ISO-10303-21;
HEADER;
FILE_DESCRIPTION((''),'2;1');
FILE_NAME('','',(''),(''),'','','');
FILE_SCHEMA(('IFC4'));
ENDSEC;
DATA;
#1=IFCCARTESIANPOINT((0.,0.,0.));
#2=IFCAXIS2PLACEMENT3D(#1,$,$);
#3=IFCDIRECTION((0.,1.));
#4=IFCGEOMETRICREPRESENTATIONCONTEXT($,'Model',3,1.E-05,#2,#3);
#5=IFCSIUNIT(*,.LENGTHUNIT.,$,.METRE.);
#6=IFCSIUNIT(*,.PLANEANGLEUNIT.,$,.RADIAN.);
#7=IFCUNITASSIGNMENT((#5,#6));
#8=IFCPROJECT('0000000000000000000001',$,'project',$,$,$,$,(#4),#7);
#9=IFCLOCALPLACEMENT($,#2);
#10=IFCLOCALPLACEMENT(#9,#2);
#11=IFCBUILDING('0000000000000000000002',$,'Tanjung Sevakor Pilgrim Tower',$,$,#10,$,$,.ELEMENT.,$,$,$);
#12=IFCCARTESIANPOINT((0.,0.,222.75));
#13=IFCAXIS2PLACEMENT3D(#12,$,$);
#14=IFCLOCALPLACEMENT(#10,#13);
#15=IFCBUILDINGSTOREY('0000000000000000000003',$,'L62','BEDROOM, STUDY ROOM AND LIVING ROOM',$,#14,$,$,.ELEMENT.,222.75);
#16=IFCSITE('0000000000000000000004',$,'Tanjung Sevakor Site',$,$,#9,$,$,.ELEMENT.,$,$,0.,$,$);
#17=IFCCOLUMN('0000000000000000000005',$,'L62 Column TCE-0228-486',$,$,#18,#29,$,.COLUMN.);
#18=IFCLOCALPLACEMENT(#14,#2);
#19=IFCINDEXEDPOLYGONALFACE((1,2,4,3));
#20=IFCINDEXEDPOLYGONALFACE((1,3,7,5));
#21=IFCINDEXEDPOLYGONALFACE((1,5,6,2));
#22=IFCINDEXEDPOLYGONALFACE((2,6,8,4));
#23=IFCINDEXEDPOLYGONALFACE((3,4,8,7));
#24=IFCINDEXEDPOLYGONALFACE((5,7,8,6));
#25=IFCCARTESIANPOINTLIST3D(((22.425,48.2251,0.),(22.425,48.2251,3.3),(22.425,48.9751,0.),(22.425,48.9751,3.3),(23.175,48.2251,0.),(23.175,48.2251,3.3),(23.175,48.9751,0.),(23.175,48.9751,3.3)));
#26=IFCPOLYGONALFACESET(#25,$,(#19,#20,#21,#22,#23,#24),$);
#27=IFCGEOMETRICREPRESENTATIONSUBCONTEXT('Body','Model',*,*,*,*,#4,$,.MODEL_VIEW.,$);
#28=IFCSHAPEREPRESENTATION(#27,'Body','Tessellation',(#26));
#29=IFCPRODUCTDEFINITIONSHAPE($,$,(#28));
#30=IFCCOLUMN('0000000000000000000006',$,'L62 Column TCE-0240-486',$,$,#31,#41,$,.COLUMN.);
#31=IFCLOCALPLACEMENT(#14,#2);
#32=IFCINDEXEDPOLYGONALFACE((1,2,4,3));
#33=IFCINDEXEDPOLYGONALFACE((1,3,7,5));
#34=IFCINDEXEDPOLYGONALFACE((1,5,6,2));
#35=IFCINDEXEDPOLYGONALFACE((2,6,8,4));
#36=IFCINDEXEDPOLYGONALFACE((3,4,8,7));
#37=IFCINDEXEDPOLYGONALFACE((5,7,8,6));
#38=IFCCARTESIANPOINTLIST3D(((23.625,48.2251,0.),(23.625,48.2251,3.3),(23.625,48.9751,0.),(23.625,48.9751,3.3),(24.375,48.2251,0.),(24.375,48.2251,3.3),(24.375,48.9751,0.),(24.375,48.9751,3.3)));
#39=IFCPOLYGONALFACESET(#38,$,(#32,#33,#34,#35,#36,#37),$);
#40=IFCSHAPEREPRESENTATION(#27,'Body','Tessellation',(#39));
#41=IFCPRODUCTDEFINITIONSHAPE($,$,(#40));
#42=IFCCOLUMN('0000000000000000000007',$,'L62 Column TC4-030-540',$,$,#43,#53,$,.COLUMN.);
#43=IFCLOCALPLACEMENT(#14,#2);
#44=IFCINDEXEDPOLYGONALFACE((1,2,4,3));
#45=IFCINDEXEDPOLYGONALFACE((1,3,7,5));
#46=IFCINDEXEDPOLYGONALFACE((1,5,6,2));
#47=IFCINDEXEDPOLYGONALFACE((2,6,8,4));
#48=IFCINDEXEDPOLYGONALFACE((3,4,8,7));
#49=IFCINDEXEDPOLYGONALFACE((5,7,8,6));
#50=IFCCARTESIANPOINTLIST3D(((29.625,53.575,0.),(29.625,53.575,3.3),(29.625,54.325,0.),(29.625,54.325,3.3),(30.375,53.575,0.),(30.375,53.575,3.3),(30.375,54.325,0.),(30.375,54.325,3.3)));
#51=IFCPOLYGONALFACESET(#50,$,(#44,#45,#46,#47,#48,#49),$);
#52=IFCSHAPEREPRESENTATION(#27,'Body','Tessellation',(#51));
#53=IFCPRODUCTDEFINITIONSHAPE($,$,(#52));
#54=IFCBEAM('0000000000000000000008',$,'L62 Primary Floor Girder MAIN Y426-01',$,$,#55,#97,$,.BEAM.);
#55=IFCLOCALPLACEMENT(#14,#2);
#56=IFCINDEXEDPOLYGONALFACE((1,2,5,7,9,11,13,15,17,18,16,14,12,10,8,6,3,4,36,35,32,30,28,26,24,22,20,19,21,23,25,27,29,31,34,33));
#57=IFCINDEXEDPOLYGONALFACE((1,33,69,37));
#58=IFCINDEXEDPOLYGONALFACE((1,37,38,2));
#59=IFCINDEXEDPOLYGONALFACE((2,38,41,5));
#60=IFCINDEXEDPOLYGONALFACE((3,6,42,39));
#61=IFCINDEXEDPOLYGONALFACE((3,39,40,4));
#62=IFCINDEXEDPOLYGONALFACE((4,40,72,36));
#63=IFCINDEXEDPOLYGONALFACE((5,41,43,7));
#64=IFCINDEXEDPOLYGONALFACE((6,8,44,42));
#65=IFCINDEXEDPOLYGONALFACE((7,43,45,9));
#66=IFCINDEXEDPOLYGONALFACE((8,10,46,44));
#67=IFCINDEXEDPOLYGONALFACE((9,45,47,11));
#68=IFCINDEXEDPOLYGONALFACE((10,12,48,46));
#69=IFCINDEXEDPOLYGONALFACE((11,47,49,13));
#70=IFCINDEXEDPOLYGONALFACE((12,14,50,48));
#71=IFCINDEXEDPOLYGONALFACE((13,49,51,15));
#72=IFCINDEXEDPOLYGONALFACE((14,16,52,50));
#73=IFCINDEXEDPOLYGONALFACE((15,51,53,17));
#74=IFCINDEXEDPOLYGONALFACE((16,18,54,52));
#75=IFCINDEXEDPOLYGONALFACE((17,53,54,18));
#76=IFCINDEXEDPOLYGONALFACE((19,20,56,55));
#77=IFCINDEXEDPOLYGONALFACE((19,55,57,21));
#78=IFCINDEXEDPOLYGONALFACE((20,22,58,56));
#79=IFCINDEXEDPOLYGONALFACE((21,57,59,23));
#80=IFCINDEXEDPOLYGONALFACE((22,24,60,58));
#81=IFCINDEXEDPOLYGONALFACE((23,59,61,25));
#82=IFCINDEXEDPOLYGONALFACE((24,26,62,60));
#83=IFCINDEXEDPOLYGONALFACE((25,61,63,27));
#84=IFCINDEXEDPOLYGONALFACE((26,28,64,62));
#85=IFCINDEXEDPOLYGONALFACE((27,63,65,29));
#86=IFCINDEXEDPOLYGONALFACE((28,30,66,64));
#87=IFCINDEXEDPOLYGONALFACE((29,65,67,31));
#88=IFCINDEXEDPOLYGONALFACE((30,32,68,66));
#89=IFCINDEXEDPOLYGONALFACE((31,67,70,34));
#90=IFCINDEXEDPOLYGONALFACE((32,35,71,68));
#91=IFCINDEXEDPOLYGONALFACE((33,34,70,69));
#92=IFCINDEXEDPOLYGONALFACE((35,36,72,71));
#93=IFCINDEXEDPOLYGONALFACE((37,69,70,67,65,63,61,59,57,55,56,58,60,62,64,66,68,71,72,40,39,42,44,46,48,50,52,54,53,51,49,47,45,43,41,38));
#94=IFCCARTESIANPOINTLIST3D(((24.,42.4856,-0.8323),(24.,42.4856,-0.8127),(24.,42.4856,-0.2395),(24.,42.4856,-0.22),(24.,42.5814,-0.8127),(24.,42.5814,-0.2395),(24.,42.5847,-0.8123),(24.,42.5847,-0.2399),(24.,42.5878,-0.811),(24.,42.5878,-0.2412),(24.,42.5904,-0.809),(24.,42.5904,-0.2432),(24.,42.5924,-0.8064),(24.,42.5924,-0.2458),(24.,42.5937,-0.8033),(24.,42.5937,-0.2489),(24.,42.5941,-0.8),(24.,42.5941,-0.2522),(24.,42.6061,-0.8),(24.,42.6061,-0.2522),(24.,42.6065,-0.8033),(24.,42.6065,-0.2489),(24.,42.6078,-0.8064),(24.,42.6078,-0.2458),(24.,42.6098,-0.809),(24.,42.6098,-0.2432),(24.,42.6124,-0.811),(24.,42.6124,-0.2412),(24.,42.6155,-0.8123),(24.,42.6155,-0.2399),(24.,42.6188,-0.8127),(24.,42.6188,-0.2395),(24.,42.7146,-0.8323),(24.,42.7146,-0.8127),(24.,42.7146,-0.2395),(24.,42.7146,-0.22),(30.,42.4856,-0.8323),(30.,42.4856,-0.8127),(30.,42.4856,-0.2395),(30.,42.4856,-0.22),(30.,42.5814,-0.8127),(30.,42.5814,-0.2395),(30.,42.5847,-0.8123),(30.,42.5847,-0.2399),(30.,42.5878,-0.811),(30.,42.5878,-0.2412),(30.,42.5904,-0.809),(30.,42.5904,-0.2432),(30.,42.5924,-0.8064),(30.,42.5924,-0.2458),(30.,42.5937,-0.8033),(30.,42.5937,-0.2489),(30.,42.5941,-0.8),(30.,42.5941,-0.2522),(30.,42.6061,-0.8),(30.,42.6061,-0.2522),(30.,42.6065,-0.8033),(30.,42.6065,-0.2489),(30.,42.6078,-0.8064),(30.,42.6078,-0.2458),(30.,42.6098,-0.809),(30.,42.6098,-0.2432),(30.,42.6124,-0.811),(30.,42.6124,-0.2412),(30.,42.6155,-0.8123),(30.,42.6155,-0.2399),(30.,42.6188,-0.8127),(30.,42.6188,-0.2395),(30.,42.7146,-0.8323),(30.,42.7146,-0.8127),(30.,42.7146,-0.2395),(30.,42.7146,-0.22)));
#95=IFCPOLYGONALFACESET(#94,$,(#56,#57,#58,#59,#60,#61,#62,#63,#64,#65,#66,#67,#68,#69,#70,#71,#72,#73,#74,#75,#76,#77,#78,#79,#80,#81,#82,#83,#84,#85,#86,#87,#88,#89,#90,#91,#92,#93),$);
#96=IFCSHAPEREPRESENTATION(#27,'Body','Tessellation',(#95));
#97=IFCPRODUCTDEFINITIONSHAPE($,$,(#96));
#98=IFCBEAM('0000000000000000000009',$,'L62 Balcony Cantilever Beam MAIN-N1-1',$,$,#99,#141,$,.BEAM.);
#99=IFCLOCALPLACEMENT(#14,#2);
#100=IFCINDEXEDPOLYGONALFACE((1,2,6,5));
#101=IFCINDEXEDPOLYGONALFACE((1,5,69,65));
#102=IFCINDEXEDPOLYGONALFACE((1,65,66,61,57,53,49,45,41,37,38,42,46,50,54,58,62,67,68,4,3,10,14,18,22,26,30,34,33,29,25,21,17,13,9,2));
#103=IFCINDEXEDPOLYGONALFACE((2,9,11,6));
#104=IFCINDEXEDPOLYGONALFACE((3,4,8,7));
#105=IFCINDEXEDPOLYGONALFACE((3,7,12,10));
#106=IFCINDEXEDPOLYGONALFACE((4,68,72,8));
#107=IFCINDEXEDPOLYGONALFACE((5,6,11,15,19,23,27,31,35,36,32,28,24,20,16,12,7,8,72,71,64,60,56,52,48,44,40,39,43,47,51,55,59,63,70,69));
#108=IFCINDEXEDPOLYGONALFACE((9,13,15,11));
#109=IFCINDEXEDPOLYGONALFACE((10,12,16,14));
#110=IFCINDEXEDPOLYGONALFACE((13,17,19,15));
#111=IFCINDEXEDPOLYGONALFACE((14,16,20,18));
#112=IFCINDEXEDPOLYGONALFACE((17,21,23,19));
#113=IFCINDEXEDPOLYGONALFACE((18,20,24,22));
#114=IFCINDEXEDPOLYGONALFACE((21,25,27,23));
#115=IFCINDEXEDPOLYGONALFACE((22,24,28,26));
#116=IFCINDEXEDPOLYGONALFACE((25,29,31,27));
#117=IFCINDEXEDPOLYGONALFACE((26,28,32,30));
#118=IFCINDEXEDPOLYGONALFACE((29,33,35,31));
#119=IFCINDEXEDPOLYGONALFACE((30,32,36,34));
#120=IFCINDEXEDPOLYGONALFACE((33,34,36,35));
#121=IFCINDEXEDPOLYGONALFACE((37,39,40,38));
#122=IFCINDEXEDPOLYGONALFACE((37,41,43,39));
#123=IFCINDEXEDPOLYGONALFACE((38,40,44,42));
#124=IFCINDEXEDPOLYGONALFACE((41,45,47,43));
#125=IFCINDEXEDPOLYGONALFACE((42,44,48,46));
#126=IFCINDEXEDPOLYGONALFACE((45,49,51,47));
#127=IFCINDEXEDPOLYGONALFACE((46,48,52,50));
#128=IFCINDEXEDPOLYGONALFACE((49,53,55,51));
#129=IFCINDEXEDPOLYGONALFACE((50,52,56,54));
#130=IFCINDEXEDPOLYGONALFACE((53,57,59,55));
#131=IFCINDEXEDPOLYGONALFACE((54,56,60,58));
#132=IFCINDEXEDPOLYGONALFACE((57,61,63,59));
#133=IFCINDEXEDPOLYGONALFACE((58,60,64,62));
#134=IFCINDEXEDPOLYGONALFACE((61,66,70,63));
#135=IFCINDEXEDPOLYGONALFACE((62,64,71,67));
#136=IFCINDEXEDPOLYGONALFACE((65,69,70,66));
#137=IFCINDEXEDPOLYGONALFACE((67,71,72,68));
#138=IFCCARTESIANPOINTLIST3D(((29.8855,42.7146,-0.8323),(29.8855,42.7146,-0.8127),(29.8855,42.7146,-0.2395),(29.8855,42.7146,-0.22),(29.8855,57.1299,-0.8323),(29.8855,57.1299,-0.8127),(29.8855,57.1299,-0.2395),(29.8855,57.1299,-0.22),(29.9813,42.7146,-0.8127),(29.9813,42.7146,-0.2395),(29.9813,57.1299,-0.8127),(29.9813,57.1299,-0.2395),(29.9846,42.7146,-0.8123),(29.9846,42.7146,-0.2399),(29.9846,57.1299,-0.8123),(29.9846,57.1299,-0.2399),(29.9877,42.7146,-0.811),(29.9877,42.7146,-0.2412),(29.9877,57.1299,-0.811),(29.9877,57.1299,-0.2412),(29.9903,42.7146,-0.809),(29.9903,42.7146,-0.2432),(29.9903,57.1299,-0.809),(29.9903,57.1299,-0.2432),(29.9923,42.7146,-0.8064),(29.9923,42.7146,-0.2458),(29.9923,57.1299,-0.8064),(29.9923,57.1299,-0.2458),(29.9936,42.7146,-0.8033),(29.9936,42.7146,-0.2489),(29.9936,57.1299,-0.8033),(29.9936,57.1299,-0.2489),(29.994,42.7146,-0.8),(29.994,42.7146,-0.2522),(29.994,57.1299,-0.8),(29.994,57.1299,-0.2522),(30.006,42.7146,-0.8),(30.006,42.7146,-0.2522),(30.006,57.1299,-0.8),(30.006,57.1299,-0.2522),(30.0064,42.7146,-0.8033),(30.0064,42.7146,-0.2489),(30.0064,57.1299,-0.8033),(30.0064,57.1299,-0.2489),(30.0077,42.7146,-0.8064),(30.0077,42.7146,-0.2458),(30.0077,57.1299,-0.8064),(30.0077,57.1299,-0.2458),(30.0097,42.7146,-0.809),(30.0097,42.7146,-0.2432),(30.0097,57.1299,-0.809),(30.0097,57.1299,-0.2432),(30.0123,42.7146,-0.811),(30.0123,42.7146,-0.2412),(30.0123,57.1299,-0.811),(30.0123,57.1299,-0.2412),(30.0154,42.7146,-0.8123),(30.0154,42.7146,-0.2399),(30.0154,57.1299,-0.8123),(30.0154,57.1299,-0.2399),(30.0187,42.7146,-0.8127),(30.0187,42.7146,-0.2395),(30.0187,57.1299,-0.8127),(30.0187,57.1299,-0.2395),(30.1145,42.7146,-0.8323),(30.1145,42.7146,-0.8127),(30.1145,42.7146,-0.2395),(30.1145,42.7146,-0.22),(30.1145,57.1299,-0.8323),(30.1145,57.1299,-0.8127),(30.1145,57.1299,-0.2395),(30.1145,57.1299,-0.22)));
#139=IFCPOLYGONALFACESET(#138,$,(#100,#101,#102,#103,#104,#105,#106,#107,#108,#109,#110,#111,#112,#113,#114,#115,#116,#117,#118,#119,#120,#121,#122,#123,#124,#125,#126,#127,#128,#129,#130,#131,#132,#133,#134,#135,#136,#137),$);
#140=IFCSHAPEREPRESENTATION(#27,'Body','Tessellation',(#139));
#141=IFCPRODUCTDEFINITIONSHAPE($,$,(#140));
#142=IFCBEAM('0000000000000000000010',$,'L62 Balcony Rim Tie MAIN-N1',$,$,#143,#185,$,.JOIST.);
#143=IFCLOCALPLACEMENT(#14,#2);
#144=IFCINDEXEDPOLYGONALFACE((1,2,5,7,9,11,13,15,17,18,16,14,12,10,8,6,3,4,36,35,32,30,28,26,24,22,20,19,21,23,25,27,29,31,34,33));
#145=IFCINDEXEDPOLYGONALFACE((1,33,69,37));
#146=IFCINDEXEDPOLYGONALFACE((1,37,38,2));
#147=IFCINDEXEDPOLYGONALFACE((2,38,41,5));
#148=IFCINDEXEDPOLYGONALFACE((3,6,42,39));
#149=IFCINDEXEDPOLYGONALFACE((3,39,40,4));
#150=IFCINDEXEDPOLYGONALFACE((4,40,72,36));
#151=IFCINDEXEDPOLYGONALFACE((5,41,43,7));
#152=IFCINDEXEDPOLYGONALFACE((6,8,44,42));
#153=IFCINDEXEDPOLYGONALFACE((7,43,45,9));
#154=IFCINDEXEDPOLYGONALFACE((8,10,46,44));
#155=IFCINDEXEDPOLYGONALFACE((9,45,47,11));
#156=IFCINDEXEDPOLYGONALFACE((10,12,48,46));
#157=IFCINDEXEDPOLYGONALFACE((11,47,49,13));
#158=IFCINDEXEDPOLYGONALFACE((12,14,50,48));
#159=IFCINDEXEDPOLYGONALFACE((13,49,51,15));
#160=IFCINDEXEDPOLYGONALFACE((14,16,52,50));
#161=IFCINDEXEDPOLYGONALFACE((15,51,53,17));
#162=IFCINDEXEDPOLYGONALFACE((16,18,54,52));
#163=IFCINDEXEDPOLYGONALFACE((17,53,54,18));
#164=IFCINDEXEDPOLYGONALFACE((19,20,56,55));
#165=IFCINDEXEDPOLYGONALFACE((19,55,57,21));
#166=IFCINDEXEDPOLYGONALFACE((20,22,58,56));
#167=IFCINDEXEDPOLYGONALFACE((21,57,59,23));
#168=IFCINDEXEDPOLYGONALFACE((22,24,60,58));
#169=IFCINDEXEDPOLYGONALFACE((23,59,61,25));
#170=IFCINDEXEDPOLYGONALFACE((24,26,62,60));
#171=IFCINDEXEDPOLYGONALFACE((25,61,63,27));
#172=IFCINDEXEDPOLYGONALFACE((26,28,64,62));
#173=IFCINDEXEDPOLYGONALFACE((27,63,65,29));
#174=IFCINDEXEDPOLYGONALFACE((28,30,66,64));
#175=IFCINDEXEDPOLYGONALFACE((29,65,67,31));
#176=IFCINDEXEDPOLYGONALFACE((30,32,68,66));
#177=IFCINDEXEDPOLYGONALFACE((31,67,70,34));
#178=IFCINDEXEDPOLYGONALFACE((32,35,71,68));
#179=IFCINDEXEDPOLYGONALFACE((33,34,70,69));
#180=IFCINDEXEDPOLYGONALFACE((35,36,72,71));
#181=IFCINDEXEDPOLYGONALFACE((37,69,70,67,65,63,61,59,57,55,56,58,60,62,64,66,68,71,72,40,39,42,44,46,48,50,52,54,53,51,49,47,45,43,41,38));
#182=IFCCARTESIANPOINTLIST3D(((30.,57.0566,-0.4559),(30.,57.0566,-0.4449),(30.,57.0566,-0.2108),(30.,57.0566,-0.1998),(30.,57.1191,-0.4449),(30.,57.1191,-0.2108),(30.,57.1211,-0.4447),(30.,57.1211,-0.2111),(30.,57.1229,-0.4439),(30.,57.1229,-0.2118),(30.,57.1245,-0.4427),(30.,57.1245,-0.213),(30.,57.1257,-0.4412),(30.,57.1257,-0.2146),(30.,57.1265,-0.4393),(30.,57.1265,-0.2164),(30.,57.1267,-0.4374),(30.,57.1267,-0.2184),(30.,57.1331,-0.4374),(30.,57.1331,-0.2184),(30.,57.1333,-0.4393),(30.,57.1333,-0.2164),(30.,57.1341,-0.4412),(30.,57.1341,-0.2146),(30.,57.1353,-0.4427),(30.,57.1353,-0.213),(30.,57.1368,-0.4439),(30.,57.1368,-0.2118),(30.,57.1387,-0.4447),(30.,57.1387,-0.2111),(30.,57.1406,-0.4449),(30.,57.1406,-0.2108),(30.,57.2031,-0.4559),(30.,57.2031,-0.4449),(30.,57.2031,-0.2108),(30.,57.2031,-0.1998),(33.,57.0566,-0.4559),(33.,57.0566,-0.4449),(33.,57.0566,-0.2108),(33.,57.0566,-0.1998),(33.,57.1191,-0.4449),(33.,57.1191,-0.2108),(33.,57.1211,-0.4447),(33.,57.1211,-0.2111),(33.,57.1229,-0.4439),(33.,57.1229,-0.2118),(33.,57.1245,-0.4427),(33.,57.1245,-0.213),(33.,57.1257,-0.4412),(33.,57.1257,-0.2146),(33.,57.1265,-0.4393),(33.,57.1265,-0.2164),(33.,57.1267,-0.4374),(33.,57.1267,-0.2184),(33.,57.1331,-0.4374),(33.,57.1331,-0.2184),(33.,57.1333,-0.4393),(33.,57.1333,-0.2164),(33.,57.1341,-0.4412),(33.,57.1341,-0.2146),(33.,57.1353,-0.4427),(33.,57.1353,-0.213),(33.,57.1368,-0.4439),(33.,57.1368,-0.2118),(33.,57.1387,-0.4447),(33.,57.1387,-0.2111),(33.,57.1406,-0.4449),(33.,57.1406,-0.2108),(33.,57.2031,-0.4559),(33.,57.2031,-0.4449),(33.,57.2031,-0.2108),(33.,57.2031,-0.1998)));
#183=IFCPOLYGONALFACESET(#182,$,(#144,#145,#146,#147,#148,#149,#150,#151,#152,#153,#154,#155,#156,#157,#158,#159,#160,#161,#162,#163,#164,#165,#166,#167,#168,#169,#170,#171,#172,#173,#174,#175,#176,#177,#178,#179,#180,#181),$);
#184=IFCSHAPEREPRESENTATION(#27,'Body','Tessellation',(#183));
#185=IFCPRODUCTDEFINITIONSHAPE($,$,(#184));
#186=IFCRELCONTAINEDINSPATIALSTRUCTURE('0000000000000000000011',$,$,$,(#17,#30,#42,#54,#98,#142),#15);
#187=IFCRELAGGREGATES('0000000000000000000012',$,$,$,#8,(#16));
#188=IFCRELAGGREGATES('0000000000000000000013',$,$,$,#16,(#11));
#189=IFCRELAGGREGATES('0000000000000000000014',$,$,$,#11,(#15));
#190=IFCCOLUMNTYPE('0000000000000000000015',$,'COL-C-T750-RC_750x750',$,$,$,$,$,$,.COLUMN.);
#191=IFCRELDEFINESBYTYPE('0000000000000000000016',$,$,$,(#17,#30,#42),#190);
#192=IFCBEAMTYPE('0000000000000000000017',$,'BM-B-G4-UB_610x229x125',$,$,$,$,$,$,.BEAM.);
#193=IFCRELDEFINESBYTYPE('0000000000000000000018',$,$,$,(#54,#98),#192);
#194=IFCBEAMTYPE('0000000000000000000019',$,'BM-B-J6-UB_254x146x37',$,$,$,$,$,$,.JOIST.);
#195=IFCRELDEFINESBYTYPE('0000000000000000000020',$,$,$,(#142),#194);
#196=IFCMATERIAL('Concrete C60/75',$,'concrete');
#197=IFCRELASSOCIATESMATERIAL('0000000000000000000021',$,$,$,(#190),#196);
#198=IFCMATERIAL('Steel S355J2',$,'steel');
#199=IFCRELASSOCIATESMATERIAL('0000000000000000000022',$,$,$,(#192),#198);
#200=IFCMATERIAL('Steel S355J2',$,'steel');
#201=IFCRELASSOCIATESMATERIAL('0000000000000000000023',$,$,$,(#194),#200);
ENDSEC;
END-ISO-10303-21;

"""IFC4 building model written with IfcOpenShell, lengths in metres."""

from ifc_helpers import new_model, si_unit, direction, frame, origin, origin_2d, place, context, subcontext, project, spatial, rectangle, i_section, extrude, material, material_profile, profile_set, type_object, element, save


model = new_model("IFC4")

# Units and contexts
model_context = context("Model", 3, precision=1e-05, world=origin(), true_north=direction((0.0, 1.0)))
body_context = subcontext(model_context, "Body", "Model", "MODEL_VIEW")
ifc_project = project(units=[si_unit("LENGTHUNIT", "METRE"), si_unit("PLANEANGLEUNIT", "RADIAN")], contexts=[model_context])

# Site, building, storey
site_placement = place(None, origin())
site = spatial("IfcSite", under=ifc_project, at=site_placement, Name="Tanjung Sevakor Site", CompositionType="ELEMENT", RefElevation=0.0)
building_placement = place(site_placement, origin())
building = spatial("IfcBuilding", under=site, at=building_placement, Name="Tanjung Sevakor Pilgrim Tower", CompositionType="ELEMENT")
storey_placement = place(building_placement, frame((0.0, 0.0, 222.75)))
storey = spatial("IfcBuildingStorey", under=building, at=storey_placement, Name="L62", Description="BEDROOM, STUDY ROOM AND LIVING ROOM", CompositionType="ELEMENT", Elevation=222.75)

# Columns
ifc_material_1 = material(Name="Concrete C60/75", Category="concrete")
ifc_material_profile_1 = material_profile(ifc_material_1, rectangle(XDim=0.75, YDim=0.75, at=origin_2d()))
ifc_profile_set_1 = profile_set([ifc_material_profile_1], Name="Concrete C60/75")
column_type = type_object("IfcColumnType", Name="COL-C-T750-RC_750x750", PredefinedType="COLUMN", material=ifc_profile_set_1)
for number, where, z_axis, x_axis, name in (
    (1, (22.8, 48.6001, 0.0), (0.0, 0.0, 1.0), (1.0, 0.0, 0.0), "L62 Column TCE-0228-486"),
    (2, (24.0, 48.6001, 0.0), (0.0, 0.0, 1.0), (1.0, 0.0, 0.0), "L62 Column TCE-0240-486"),
    (3, (30.0, 53.95, 0.0), (0.0, 0.0, 1.0), (1.0, 0.0, 0.0), "L62 Column TC4-030-540"),
):
    element("IfcColumn", number, at=place(storey_placement, frame(where, z_axis=z_axis, x_axis=x_axis)), inside=storey, type_object=column_type, Name=name, PredefinedType="COLUMN", context=body_context, shape_type="SweptSolid", body=[
        extrude(rectangle(XDim=0.75, YDim=0.75, at=origin_2d()), origin(), (0.0, 0.0, 1.0), 3.3),
    ])

# Beams
ifc_material_2 = material(Name="Steel S355J2", Category="steel")
ifc_material_profile_2 = material_profile(ifc_material_2, i_section(OverallWidth=0.229, OverallDepth=0.6123, WebThickness=0.012, FlangeThickness=0.0195, FilletRadius=0.0127, at=origin_2d()))
ifc_profile_set_2 = profile_set([ifc_material_profile_2], Name="Steel S355J2")
beam_type_1 = type_object("IfcBeamType", Name="BM-B-G4-UB_610x229x125", PredefinedType="BEAM", material=ifc_profile_set_2)
beam_1_placement = place(storey_placement, frame((24.0, 42.6001, -0.5261), z_axis=(1.0, 0.0, 0.0), x_axis=(0.0, 1.0, 0.0)))
element("IfcBeam", 4, at=beam_1_placement, inside=storey, type_object=beam_type_1, Name="L62 Primary Floor Girder MAIN Y426-01", PredefinedType="BEAM", context=body_context, shape_type="SweptSolid", body=[
    extrude(i_section(OverallWidth=0.229, OverallDepth=0.6123, WebThickness=0.012, FlangeThickness=0.0195, FilletRadius=0.0127, at=origin_2d()), origin(), (0.0, 0.0, 1.0), 6.0),
])
beam_2_placement = place(storey_placement, frame((30.0, 42.7146, -0.5261), z_axis=(0.0, 1.0, 0.0), x_axis=(-1.0, 0.0, 0.0)))
element("IfcBeam", 5, at=beam_2_placement, inside=storey, type_object=beam_type_1, Name="L62 Balcony Cantilever Beam MAIN-N1-1", PredefinedType="BEAM", context=body_context, shape_type="SweptSolid", body=[
    extrude(i_section(OverallWidth=0.229, OverallDepth=0.6123, WebThickness=0.012, FlangeThickness=0.0195, FilletRadius=0.0127, at=origin_2d()), origin(), (0.0, 0.0, 1.0), 14.4153),
])
ifc_material_3 = material(Name="Steel S355J2", Category="steel")
ifc_material_profile_3 = material_profile(ifc_material_3, i_section(OverallWidth=0.1465, OverallDepth=0.2561, WebThickness=0.0063, FlangeThickness=0.011, FilletRadius=0.0076, at=origin_2d()))
ifc_profile_set_3 = profile_set([ifc_material_profile_3], Name="Steel S355J2")
beam_type_2 = type_object("IfcBeamType", Name="BM-B-J6-UB_254x146x37", PredefinedType="JOIST", material=ifc_profile_set_3)
beam_3_placement = place(storey_placement, frame((30.0, 57.1299, -0.3279), z_axis=(1.0, 0.0, 0.0), x_axis=(0.0, 1.0, 0.0)))
element("IfcBeam", 6, at=beam_3_placement, inside=storey, type_object=beam_type_2, Name="L62 Balcony Rim Tie MAIN-N1", PredefinedType="JOIST", context=body_context, shape_type="SweptSolid", body=[
    extrude(i_section(OverallWidth=0.1465, OverallDepth=0.2561, WebThickness=0.0063, FlangeThickness=0.011, FilletRadius=0.0076, at=origin_2d()), origin(), (0.0, 0.0, 1.0), 3.0),
])

save(model, "model.ifc")
